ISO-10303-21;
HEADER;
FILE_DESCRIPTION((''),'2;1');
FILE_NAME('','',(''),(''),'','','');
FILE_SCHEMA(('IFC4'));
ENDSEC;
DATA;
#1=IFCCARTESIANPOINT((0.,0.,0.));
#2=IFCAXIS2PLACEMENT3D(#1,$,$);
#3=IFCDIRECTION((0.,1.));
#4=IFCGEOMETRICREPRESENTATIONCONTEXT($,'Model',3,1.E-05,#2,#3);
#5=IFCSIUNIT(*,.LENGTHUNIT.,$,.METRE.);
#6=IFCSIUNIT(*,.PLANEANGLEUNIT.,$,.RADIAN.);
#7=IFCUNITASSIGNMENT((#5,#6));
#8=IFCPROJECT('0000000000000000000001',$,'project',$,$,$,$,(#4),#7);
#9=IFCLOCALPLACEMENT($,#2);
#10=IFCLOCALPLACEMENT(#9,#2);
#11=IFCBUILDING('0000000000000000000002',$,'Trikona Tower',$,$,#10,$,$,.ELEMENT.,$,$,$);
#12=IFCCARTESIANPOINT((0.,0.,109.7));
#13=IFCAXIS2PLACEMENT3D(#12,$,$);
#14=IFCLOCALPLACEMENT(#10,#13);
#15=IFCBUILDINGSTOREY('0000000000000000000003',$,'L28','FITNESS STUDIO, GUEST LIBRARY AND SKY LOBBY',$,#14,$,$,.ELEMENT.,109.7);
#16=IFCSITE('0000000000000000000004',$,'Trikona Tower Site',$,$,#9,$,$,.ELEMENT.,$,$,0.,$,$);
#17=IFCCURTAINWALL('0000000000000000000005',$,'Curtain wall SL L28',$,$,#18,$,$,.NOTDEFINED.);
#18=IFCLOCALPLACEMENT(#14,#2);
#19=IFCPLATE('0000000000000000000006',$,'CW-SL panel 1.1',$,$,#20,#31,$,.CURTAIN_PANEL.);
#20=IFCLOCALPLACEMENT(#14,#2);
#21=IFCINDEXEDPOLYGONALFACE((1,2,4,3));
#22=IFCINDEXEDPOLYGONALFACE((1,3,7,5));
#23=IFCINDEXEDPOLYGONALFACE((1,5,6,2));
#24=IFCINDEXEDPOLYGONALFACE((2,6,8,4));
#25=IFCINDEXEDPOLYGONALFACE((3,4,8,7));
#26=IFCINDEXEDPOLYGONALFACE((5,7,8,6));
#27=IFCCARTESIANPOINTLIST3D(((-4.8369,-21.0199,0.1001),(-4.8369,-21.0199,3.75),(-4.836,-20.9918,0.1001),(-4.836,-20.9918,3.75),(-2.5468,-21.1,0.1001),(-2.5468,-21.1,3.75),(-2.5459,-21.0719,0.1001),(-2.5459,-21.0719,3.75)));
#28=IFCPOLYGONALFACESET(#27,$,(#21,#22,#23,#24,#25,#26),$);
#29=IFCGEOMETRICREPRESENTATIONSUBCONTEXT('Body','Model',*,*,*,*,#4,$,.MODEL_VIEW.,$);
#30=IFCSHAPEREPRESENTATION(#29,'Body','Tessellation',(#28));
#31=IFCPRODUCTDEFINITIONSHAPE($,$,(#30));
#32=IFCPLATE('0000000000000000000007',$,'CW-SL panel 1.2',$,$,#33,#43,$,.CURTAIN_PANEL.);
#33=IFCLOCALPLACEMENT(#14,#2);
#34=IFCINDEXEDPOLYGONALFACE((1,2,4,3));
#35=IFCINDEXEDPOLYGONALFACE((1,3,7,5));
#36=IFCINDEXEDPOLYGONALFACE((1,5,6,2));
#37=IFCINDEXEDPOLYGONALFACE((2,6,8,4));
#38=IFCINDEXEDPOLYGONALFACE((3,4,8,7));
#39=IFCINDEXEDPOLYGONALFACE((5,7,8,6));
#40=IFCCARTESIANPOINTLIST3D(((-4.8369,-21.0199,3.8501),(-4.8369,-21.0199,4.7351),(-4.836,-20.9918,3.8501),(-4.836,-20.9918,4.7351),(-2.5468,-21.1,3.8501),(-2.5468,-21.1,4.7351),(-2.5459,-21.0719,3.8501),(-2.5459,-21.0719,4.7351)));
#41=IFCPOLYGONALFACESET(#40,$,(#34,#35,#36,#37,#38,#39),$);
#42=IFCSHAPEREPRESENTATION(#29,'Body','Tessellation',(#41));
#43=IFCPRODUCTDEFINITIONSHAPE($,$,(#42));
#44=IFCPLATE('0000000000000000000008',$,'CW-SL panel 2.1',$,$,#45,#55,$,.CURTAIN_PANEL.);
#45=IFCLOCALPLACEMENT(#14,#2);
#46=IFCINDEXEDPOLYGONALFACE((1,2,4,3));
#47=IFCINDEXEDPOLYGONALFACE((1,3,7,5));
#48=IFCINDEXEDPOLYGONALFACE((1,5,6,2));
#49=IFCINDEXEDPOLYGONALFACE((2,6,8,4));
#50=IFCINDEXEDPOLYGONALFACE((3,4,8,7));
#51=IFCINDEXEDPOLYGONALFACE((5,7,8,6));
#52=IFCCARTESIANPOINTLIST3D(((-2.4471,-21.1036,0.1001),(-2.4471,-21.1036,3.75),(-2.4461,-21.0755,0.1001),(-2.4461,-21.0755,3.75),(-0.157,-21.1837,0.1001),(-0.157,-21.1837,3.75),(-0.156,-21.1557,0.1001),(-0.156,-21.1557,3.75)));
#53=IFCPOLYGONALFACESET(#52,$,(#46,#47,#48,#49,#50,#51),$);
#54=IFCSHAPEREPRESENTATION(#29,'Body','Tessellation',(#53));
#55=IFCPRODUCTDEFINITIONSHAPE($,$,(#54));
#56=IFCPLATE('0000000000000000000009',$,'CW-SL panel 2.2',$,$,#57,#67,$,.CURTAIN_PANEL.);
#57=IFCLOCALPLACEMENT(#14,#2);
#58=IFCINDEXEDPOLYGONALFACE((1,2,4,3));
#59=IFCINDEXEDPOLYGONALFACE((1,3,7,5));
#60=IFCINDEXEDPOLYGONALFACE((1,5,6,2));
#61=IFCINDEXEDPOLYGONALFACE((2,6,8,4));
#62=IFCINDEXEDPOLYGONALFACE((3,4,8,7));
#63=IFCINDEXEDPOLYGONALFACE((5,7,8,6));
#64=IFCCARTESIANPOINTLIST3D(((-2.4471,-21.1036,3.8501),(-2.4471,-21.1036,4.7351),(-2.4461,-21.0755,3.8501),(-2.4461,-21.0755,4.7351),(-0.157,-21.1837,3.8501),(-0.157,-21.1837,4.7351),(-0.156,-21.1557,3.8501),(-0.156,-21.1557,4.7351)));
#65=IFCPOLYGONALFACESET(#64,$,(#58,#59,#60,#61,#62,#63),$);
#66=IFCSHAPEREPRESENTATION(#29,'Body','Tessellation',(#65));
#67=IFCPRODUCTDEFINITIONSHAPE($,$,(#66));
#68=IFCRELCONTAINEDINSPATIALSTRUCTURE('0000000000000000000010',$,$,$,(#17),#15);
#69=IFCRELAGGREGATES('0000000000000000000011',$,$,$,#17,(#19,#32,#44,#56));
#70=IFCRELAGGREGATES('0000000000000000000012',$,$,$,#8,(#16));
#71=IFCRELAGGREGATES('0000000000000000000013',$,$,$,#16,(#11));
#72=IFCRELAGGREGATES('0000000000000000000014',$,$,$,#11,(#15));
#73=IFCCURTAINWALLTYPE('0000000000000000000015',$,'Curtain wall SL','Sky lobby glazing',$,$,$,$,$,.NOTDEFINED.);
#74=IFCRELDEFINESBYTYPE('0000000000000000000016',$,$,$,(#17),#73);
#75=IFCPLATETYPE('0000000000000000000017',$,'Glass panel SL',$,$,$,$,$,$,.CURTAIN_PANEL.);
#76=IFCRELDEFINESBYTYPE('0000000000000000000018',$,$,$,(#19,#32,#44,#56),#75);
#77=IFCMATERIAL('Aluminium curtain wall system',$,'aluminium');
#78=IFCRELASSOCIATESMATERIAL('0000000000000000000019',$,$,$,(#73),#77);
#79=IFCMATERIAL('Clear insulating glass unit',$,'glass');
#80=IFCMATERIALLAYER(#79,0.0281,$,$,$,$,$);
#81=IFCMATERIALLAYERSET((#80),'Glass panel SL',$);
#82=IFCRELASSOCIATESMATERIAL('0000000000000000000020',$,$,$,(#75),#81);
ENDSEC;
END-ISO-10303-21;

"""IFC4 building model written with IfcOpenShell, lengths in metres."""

from ifc_helpers import new_model, si_unit, direction, frame, origin, origin_2d, place, context, subcontext, project, spatial, rectangle, extrude, material, layer, layer_set, type_object, element, aggregate, save


model = new_model("IFC4")

# Units and contexts
model_context = context("Model", 3, precision=1e-05, world=origin(), true_north=direction((0.0, 1.0)))
body_context = subcontext(model_context, "Body", "Model", "MODEL_VIEW")
ifc_project = project(units=[si_unit("LENGTHUNIT", "METRE"), si_unit("PLANEANGLEUNIT", "RADIAN")], contexts=[model_context])

# Site, building, storey
site_placement = place(None, origin())
site = spatial("IfcSite", under=ifc_project, at=site_placement, Name="Trikona Tower Site", CompositionType="ELEMENT", RefElevation=0.0)
building_placement = place(site_placement, origin())
building = spatial("IfcBuilding", under=site, at=building_placement, Name="Trikona Tower", CompositionType="ELEMENT")
storey_placement = place(building_placement, frame((0.0, 0.0, 109.7)))
storey = spatial("IfcBuildingStorey", under=building, at=storey_placement, Name="L28", Description="FITNESS STUDIO, GUEST LIBRARY AND SKY LOBBY", CompositionType="ELEMENT", Elevation=109.7)

# Shared definitions
ifc_material_1 = material(Name="Aluminium curtain wall system", Category="aluminium")
curtain_wall_type = type_object("IfcCurtainWallType", Name="Curtain wall SL", Description="Sky lobby glazing", PredefinedType="NOTDEFINED", material=ifc_material_1)

# Curtain wall
curtain_wall_1_placement = place(storey_placement, origin())
curtain_wall_1 = element("IfcCurtainWall", 1, at=curtain_wall_1_placement, inside=storey, type_object=curtain_wall_type, Name="Curtain wall SL L28", PredefinedType="NOTDEFINED")

# Plates
ifc_material_2 = material(Name="Clear insulating glass unit", Category="glass")
ifc_layer = layer(ifc_material_2, 0.0281)
ifc_layer_set = layer_set([ifc_layer], Name="Glass panel SL")
plate_type = type_object("IfcPlateType", Name="Glass panel SL", PredefinedType="CURTAIN_PANEL", material=ifc_layer_set)
plate_1_placement = place(storey_placement, frame((-3.6914, -21.0459, 0.1001), z_axis=(0.0, 0.0, 1.0), x_axis=(0.999388, -0.034979, 0.0)))
plate_1 = element("IfcPlate", 2, at=plate_1_placement, type_object=plate_type, Name="CW-SL panel 1.1", PredefinedType="CURTAIN_PANEL", context=body_context, shape_type="SweptSolid", body=[
    extrude(rectangle(XDim=2.2915, YDim=0.0281, at=origin_2d()), origin(), (0.0, 0.0, 1.0), 3.6499),
])
plate_2_placement = place(storey_placement, frame((-3.6914, -21.0459, 3.8501), z_axis=(0.0, 0.0, 1.0), x_axis=(0.999388, -0.034979, 0.0)))
plate_2 = element("IfcPlate", 3, at=plate_2_placement, type_object=plate_type, Name="CW-SL panel 1.2", PredefinedType="CURTAIN_PANEL", context=body_context, shape_type="SweptSolid", body=[
    extrude(rectangle(XDim=2.2915, YDim=0.0281, at=origin_2d()), origin(), (0.0, 0.0, 1.0), 0.885),
])
plate_3_placement = place(storey_placement, frame((-1.3015, -21.1296, 0.1001), z_axis=(0.0, 0.0, 1.0), x_axis=(0.999388, -0.034979, 0.0)))
plate_3 = element("IfcPlate", 4, at=plate_3_placement, type_object=plate_type, Name="CW-SL panel 2.1", PredefinedType="CURTAIN_PANEL", context=body_context, shape_type="SweptSolid", body=[
    extrude(rectangle(XDim=2.2915, YDim=0.0281, at=origin_2d()), origin(), (0.0, 0.0, 1.0), 3.6499),
])
plate_4_placement = place(storey_placement, frame((-1.3015, -21.1296, 3.8501), z_axis=(0.0, 0.0, 1.0), x_axis=(0.999388, -0.034979, 0.0)))
plate_4 = element("IfcPlate", 5, at=plate_4_placement, type_object=plate_type, Name="CW-SL panel 2.2", PredefinedType="CURTAIN_PANEL", context=body_context, shape_type="SweptSolid", body=[
    extrude(rectangle(XDim=2.2915, YDim=0.0281, at=origin_2d()), origin(), (0.0, 0.0, 1.0), 0.885),
])
aggregate(curtain_wall_1, [plate_1, plate_2, plate_3, plate_4])

save(model, "model.ifc")
